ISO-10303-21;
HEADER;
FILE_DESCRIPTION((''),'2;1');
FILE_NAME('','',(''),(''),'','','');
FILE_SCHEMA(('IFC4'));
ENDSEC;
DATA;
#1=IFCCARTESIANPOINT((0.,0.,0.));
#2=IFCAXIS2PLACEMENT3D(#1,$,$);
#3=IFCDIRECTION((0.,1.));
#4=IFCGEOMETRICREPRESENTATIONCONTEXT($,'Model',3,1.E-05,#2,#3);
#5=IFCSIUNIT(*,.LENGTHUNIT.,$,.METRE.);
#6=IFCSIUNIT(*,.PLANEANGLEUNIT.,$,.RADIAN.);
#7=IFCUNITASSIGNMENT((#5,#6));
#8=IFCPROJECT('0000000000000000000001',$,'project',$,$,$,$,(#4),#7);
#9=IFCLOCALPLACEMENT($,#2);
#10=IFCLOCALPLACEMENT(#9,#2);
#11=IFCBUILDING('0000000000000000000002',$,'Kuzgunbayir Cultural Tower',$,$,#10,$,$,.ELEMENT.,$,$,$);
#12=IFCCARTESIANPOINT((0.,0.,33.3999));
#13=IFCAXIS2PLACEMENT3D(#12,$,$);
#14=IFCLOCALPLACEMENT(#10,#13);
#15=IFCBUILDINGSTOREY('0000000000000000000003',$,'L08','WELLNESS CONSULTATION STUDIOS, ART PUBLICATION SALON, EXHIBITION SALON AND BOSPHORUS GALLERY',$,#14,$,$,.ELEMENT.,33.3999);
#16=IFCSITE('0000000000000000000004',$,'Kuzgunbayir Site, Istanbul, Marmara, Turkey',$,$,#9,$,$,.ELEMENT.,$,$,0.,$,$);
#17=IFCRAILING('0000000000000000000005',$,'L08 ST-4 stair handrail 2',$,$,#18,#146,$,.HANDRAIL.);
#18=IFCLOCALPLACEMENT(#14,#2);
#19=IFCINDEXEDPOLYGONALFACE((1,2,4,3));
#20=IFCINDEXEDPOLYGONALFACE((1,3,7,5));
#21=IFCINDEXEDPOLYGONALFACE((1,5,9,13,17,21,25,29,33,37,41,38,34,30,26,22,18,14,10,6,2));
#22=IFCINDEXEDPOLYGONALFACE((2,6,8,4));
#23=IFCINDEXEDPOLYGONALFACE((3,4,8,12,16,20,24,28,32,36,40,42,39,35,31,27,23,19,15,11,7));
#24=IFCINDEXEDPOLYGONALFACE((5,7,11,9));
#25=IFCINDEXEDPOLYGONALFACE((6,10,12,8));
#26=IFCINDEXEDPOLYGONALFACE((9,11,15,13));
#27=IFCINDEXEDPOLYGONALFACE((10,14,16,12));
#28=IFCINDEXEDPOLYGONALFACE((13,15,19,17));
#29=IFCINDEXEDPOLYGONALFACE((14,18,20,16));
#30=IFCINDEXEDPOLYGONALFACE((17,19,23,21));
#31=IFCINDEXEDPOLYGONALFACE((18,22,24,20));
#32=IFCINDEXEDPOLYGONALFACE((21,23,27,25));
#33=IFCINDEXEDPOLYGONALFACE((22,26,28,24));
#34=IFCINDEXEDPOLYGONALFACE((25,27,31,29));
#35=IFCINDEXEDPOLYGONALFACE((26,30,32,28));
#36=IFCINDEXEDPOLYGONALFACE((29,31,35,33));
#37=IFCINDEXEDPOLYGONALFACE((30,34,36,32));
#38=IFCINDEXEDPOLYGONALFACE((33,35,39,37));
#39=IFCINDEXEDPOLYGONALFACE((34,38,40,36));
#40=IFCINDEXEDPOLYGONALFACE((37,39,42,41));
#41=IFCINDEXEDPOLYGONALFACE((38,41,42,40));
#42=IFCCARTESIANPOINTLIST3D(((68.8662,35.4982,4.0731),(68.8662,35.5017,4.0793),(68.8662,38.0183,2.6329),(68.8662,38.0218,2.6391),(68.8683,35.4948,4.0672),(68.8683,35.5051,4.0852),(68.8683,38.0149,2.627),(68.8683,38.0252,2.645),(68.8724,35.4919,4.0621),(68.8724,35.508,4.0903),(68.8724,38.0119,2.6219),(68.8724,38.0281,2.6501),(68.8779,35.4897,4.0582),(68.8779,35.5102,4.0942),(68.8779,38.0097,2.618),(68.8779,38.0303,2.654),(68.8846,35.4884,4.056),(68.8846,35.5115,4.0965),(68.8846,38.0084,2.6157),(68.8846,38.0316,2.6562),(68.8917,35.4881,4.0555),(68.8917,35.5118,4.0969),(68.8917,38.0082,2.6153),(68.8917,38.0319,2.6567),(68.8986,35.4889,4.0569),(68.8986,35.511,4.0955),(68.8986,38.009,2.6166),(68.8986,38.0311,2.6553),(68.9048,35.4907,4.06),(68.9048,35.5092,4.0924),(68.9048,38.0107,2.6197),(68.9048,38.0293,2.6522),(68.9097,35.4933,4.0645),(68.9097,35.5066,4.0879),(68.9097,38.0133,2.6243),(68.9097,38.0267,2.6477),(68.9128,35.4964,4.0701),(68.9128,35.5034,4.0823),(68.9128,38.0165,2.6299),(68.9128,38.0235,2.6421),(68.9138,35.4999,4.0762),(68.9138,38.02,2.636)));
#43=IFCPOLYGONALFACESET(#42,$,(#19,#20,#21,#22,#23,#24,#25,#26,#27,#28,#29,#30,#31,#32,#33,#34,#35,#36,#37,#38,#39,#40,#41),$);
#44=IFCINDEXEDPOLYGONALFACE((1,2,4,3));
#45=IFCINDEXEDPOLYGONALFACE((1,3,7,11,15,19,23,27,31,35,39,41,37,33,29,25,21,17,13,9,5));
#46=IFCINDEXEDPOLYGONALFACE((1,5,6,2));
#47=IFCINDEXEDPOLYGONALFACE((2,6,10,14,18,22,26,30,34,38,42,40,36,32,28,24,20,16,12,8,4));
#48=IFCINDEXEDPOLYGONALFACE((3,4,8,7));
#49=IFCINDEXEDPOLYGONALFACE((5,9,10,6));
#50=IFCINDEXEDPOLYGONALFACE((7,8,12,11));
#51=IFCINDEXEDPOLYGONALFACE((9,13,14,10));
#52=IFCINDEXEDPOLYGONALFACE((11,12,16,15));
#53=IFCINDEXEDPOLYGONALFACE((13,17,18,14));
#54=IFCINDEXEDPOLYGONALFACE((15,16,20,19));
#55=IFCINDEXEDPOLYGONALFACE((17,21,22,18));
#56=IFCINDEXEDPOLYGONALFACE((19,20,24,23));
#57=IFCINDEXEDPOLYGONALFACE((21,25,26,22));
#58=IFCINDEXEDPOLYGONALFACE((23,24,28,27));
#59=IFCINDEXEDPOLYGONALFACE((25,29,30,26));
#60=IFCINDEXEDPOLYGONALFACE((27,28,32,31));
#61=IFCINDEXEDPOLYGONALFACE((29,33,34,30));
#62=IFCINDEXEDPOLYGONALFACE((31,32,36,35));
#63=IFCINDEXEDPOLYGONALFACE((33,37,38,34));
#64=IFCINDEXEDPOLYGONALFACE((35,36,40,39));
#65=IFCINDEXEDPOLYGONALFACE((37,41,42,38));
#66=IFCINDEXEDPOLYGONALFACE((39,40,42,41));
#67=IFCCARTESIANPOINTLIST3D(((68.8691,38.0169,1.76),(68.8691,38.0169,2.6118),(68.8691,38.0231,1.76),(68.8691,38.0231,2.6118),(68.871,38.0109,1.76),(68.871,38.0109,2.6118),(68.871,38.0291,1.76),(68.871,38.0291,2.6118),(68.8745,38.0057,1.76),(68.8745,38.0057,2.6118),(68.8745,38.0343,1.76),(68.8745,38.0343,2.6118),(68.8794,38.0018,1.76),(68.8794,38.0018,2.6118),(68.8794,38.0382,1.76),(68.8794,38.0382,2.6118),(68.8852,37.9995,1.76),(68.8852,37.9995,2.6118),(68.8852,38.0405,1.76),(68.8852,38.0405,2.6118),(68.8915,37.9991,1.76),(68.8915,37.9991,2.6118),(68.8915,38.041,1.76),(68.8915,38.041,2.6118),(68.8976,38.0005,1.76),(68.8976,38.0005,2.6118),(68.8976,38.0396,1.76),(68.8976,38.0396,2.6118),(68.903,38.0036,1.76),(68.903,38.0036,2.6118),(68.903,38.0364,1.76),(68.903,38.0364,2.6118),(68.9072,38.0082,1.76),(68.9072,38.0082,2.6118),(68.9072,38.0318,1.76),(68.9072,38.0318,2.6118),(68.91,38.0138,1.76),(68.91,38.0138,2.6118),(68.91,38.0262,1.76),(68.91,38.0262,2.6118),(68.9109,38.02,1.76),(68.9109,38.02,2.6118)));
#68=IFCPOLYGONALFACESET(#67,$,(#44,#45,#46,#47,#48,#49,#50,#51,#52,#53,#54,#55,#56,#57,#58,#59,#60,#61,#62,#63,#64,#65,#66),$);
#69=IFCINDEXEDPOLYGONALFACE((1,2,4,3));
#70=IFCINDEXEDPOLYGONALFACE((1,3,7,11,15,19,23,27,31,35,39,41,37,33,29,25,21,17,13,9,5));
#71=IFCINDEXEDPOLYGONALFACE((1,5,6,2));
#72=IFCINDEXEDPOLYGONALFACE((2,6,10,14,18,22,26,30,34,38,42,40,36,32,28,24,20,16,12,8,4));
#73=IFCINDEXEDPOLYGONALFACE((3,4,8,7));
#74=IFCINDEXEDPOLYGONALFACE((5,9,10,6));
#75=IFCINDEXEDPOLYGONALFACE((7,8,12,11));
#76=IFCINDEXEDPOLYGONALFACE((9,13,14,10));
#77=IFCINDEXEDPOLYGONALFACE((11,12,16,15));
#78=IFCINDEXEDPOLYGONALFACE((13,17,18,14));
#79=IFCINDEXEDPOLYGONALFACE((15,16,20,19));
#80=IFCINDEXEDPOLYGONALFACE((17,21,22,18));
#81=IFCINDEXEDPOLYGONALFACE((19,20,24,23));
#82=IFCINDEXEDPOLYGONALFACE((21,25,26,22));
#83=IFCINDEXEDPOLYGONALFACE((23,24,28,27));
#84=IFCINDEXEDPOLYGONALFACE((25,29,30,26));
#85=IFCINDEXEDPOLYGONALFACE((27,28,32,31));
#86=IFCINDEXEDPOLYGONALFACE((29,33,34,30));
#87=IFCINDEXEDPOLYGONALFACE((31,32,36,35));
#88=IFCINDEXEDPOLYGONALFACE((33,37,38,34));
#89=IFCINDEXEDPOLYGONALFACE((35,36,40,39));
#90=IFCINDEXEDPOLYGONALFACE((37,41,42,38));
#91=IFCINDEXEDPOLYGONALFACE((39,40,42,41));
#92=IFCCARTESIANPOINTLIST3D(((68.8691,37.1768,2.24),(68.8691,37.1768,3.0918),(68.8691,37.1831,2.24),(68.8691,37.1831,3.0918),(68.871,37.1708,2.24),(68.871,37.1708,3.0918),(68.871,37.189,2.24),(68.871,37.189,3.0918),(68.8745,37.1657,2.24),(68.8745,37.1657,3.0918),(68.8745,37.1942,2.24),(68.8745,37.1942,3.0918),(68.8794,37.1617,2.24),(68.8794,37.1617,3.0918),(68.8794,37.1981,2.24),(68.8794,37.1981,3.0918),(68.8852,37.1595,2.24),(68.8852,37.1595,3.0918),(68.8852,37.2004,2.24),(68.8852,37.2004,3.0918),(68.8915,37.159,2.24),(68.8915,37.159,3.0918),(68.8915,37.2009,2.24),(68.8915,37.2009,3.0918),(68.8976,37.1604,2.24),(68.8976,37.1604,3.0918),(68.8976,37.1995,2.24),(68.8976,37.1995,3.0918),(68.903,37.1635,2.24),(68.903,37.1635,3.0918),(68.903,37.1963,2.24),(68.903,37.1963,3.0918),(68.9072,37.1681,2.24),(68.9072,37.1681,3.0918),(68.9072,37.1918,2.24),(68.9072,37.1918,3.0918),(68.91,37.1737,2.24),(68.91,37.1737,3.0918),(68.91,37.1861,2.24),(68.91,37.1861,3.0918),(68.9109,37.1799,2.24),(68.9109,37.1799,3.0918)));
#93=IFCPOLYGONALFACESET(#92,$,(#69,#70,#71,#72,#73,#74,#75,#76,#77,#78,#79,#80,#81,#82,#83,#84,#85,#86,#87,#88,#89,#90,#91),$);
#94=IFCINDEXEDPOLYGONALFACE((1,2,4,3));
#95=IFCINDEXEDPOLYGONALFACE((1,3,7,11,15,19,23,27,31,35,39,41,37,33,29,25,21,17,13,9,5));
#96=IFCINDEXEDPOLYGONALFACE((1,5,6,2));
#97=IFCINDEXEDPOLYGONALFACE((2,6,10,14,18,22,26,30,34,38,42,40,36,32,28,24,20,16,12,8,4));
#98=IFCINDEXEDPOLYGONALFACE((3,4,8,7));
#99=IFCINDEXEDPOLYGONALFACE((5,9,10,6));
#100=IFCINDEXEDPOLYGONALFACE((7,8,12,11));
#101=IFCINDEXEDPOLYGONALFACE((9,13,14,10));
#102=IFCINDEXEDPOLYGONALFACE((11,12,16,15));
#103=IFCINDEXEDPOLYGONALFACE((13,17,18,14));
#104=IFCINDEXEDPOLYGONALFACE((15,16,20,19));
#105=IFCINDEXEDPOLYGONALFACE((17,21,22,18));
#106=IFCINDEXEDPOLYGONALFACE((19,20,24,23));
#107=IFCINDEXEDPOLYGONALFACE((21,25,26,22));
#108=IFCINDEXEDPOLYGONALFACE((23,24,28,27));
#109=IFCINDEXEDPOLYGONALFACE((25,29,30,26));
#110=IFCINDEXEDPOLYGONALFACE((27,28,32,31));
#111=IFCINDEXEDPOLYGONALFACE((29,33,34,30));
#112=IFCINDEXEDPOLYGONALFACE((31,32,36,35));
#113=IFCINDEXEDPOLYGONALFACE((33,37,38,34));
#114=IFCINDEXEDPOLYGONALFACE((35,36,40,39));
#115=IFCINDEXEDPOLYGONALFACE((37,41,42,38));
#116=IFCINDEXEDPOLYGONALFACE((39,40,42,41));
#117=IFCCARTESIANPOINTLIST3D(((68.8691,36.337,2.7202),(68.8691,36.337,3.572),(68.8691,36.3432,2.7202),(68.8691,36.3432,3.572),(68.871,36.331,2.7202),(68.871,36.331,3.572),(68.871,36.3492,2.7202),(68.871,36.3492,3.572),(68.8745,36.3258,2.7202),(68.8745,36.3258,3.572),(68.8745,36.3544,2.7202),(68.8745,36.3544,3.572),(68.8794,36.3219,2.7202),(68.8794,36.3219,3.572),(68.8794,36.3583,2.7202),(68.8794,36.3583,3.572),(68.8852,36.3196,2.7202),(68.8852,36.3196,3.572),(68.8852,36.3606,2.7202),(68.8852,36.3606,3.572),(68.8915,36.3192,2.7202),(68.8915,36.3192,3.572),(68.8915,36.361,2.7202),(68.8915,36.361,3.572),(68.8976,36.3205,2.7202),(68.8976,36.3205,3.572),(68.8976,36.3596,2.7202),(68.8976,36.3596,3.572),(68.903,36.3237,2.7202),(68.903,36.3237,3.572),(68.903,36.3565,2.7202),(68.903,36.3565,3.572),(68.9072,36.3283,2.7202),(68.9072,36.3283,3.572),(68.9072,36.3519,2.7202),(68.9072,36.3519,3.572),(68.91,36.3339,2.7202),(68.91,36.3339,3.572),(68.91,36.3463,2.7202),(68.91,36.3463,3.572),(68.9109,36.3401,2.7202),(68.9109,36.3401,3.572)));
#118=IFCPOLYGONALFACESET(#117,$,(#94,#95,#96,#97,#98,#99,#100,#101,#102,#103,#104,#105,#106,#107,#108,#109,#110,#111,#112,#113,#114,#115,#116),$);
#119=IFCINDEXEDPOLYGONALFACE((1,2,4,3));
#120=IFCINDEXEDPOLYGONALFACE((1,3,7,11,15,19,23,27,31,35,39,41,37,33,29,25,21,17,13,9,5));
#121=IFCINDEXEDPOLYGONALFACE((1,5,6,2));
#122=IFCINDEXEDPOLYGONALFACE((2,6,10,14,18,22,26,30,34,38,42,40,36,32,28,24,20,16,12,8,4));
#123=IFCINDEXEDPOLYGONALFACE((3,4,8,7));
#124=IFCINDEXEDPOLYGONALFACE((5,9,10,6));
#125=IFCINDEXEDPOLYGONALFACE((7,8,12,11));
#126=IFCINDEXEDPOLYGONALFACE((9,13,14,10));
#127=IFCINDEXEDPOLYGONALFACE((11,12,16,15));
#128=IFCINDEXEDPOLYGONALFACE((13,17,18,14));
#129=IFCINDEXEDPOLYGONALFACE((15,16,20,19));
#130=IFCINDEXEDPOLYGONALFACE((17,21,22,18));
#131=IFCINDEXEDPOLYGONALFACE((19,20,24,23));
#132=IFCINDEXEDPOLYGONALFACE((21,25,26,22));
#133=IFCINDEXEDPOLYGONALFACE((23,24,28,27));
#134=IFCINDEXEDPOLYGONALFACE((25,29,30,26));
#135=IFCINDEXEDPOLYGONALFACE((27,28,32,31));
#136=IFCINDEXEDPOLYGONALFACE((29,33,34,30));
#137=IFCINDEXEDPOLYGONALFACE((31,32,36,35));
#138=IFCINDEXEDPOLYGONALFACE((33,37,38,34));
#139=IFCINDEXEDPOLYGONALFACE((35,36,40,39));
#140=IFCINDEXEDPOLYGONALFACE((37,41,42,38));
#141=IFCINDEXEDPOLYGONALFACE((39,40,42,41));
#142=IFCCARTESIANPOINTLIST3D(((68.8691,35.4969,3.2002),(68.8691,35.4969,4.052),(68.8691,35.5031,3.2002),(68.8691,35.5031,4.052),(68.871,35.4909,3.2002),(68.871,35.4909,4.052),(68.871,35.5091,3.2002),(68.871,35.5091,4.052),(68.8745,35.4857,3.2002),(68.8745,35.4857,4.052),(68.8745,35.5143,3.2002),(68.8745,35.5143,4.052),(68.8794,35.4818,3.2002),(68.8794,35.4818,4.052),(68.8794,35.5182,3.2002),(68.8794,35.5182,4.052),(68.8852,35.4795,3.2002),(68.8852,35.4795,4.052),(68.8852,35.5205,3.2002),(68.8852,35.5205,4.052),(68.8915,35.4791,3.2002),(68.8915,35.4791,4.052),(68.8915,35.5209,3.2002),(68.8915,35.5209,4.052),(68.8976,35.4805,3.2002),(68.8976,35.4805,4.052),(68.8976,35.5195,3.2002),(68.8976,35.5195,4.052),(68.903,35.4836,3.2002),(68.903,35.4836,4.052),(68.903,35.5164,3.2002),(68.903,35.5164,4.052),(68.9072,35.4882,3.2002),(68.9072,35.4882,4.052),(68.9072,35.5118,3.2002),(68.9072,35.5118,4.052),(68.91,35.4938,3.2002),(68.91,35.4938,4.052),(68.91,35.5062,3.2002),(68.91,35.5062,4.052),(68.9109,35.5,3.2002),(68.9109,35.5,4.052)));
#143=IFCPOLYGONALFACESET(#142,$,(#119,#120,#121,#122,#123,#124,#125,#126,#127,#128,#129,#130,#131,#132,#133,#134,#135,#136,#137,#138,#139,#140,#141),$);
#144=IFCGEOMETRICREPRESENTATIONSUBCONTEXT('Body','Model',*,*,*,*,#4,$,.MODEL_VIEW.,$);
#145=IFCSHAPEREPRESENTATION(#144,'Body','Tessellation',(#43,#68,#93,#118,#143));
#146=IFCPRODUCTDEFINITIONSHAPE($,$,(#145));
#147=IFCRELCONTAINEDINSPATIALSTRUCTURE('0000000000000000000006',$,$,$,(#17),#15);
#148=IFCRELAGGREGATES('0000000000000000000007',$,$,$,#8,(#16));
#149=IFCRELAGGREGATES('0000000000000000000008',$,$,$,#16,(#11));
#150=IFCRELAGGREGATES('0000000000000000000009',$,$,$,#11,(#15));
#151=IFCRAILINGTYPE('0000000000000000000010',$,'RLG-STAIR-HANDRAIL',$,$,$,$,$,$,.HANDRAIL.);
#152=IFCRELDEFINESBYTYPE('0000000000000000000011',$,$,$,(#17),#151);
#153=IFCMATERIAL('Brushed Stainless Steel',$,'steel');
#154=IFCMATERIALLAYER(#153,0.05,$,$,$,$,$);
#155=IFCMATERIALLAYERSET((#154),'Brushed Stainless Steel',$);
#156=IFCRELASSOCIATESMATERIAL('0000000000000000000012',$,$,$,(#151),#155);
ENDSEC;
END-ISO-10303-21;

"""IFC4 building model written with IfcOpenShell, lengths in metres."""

from ifc_helpers import new_model, si_unit, direction, frame, origin, origin_2d, place, context, subcontext, project, spatial, circle, extrude, material, layer, layer_set, type_object, element, save


model = new_model("IFC4")

# Units and contexts
model_context = context("Model", 3, precision=1e-05, world=origin(), true_north=direction((0.0, 1.0)))
body_context = subcontext(model_context, "Body", "Model", "MODEL_VIEW")
ifc_project = project(units=[si_unit("LENGTHUNIT", "METRE"), si_unit("PLANEANGLEUNIT", "RADIAN")], contexts=[model_context])

# Site, building, storey
site_placement = place(None, origin())
site = spatial("IfcSite", under=ifc_project, at=site_placement, Name="Kuzgunbayir Site, Istanbul, Marmara, Turkey", CompositionType="ELEMENT", RefElevation=0.0)
building_placement = place(site_placement, origin())
building = spatial("IfcBuilding", under=site, at=building_placement, Name="Kuzgunbayir Cultural Tower", CompositionType="ELEMENT")
storey_placement = place(building_placement, frame((0.0, 0.0, 33.3999)))
storey = spatial("IfcBuildingStorey", under=building, at=storey_placement, Name="L08", Description="WELLNESS CONSULTATION STUDIOS, ART PUBLICATION SALON, EXHIBITION SALON AND BOSPHORUS GALLERY", CompositionType="ELEMENT", Elevation=33.3999)

# Shared definitions
ifc_material_1 = material(Name="Brushed Stainless Steel", Category="steel")

# Railing
ifc_layer_1 = layer(ifc_material_1, 0.05)
ifc_layer_set_1 = layer_set([ifc_layer_1], Name="Brushed Stainless Steel")
railing_type_1 = type_object("IfcRailingType", Name="RLG-STAIR-HANDRAIL", PredefinedType="HANDRAIL", material=ifc_layer_set_1)
railing_1_placement = place(storey_placement, frame((68.8899, 38.02, 1.76)))
element("IfcRailing", 1, at=railing_1_placement, inside=storey, type_object=railing_type_1, Name="L08 ST-4 stair handrail 2", PredefinedType="HANDRAIL", context=body_context, shape_type="SweptSolid", body=[
    extrude(circle(Radius=0.0239, at=origin_2d()), frame((0.0, 0.0, 0.876), z_axis=(0.0, -0.868217, 0.496184), x_axis=(1.0, 0.0, 0.0)), (0.0, 0.0, 1.0), 2.9026),
    extrude(circle(Radius=0.021, at=origin_2d()), origin(), (0.0, 0.0, 1.0), 0.8518),
    extrude(circle(Radius=0.021, at=origin_2d()), frame((0.0, -0.8401, 0.48)), (0.0, 0.0, 1.0), 0.8518),
    extrude(circle(Radius=0.021, at=origin_2d()), frame((0.0, -1.6799, 0.9602)), (0.0, 0.0, 1.0), 0.8518),
    extrude(circle(Radius=0.021, at=origin_2d()), frame((0.0, -2.52, 1.4402)), (0.0, 0.0, 1.0), 0.8518),
])

save(model, "model.ifc")
